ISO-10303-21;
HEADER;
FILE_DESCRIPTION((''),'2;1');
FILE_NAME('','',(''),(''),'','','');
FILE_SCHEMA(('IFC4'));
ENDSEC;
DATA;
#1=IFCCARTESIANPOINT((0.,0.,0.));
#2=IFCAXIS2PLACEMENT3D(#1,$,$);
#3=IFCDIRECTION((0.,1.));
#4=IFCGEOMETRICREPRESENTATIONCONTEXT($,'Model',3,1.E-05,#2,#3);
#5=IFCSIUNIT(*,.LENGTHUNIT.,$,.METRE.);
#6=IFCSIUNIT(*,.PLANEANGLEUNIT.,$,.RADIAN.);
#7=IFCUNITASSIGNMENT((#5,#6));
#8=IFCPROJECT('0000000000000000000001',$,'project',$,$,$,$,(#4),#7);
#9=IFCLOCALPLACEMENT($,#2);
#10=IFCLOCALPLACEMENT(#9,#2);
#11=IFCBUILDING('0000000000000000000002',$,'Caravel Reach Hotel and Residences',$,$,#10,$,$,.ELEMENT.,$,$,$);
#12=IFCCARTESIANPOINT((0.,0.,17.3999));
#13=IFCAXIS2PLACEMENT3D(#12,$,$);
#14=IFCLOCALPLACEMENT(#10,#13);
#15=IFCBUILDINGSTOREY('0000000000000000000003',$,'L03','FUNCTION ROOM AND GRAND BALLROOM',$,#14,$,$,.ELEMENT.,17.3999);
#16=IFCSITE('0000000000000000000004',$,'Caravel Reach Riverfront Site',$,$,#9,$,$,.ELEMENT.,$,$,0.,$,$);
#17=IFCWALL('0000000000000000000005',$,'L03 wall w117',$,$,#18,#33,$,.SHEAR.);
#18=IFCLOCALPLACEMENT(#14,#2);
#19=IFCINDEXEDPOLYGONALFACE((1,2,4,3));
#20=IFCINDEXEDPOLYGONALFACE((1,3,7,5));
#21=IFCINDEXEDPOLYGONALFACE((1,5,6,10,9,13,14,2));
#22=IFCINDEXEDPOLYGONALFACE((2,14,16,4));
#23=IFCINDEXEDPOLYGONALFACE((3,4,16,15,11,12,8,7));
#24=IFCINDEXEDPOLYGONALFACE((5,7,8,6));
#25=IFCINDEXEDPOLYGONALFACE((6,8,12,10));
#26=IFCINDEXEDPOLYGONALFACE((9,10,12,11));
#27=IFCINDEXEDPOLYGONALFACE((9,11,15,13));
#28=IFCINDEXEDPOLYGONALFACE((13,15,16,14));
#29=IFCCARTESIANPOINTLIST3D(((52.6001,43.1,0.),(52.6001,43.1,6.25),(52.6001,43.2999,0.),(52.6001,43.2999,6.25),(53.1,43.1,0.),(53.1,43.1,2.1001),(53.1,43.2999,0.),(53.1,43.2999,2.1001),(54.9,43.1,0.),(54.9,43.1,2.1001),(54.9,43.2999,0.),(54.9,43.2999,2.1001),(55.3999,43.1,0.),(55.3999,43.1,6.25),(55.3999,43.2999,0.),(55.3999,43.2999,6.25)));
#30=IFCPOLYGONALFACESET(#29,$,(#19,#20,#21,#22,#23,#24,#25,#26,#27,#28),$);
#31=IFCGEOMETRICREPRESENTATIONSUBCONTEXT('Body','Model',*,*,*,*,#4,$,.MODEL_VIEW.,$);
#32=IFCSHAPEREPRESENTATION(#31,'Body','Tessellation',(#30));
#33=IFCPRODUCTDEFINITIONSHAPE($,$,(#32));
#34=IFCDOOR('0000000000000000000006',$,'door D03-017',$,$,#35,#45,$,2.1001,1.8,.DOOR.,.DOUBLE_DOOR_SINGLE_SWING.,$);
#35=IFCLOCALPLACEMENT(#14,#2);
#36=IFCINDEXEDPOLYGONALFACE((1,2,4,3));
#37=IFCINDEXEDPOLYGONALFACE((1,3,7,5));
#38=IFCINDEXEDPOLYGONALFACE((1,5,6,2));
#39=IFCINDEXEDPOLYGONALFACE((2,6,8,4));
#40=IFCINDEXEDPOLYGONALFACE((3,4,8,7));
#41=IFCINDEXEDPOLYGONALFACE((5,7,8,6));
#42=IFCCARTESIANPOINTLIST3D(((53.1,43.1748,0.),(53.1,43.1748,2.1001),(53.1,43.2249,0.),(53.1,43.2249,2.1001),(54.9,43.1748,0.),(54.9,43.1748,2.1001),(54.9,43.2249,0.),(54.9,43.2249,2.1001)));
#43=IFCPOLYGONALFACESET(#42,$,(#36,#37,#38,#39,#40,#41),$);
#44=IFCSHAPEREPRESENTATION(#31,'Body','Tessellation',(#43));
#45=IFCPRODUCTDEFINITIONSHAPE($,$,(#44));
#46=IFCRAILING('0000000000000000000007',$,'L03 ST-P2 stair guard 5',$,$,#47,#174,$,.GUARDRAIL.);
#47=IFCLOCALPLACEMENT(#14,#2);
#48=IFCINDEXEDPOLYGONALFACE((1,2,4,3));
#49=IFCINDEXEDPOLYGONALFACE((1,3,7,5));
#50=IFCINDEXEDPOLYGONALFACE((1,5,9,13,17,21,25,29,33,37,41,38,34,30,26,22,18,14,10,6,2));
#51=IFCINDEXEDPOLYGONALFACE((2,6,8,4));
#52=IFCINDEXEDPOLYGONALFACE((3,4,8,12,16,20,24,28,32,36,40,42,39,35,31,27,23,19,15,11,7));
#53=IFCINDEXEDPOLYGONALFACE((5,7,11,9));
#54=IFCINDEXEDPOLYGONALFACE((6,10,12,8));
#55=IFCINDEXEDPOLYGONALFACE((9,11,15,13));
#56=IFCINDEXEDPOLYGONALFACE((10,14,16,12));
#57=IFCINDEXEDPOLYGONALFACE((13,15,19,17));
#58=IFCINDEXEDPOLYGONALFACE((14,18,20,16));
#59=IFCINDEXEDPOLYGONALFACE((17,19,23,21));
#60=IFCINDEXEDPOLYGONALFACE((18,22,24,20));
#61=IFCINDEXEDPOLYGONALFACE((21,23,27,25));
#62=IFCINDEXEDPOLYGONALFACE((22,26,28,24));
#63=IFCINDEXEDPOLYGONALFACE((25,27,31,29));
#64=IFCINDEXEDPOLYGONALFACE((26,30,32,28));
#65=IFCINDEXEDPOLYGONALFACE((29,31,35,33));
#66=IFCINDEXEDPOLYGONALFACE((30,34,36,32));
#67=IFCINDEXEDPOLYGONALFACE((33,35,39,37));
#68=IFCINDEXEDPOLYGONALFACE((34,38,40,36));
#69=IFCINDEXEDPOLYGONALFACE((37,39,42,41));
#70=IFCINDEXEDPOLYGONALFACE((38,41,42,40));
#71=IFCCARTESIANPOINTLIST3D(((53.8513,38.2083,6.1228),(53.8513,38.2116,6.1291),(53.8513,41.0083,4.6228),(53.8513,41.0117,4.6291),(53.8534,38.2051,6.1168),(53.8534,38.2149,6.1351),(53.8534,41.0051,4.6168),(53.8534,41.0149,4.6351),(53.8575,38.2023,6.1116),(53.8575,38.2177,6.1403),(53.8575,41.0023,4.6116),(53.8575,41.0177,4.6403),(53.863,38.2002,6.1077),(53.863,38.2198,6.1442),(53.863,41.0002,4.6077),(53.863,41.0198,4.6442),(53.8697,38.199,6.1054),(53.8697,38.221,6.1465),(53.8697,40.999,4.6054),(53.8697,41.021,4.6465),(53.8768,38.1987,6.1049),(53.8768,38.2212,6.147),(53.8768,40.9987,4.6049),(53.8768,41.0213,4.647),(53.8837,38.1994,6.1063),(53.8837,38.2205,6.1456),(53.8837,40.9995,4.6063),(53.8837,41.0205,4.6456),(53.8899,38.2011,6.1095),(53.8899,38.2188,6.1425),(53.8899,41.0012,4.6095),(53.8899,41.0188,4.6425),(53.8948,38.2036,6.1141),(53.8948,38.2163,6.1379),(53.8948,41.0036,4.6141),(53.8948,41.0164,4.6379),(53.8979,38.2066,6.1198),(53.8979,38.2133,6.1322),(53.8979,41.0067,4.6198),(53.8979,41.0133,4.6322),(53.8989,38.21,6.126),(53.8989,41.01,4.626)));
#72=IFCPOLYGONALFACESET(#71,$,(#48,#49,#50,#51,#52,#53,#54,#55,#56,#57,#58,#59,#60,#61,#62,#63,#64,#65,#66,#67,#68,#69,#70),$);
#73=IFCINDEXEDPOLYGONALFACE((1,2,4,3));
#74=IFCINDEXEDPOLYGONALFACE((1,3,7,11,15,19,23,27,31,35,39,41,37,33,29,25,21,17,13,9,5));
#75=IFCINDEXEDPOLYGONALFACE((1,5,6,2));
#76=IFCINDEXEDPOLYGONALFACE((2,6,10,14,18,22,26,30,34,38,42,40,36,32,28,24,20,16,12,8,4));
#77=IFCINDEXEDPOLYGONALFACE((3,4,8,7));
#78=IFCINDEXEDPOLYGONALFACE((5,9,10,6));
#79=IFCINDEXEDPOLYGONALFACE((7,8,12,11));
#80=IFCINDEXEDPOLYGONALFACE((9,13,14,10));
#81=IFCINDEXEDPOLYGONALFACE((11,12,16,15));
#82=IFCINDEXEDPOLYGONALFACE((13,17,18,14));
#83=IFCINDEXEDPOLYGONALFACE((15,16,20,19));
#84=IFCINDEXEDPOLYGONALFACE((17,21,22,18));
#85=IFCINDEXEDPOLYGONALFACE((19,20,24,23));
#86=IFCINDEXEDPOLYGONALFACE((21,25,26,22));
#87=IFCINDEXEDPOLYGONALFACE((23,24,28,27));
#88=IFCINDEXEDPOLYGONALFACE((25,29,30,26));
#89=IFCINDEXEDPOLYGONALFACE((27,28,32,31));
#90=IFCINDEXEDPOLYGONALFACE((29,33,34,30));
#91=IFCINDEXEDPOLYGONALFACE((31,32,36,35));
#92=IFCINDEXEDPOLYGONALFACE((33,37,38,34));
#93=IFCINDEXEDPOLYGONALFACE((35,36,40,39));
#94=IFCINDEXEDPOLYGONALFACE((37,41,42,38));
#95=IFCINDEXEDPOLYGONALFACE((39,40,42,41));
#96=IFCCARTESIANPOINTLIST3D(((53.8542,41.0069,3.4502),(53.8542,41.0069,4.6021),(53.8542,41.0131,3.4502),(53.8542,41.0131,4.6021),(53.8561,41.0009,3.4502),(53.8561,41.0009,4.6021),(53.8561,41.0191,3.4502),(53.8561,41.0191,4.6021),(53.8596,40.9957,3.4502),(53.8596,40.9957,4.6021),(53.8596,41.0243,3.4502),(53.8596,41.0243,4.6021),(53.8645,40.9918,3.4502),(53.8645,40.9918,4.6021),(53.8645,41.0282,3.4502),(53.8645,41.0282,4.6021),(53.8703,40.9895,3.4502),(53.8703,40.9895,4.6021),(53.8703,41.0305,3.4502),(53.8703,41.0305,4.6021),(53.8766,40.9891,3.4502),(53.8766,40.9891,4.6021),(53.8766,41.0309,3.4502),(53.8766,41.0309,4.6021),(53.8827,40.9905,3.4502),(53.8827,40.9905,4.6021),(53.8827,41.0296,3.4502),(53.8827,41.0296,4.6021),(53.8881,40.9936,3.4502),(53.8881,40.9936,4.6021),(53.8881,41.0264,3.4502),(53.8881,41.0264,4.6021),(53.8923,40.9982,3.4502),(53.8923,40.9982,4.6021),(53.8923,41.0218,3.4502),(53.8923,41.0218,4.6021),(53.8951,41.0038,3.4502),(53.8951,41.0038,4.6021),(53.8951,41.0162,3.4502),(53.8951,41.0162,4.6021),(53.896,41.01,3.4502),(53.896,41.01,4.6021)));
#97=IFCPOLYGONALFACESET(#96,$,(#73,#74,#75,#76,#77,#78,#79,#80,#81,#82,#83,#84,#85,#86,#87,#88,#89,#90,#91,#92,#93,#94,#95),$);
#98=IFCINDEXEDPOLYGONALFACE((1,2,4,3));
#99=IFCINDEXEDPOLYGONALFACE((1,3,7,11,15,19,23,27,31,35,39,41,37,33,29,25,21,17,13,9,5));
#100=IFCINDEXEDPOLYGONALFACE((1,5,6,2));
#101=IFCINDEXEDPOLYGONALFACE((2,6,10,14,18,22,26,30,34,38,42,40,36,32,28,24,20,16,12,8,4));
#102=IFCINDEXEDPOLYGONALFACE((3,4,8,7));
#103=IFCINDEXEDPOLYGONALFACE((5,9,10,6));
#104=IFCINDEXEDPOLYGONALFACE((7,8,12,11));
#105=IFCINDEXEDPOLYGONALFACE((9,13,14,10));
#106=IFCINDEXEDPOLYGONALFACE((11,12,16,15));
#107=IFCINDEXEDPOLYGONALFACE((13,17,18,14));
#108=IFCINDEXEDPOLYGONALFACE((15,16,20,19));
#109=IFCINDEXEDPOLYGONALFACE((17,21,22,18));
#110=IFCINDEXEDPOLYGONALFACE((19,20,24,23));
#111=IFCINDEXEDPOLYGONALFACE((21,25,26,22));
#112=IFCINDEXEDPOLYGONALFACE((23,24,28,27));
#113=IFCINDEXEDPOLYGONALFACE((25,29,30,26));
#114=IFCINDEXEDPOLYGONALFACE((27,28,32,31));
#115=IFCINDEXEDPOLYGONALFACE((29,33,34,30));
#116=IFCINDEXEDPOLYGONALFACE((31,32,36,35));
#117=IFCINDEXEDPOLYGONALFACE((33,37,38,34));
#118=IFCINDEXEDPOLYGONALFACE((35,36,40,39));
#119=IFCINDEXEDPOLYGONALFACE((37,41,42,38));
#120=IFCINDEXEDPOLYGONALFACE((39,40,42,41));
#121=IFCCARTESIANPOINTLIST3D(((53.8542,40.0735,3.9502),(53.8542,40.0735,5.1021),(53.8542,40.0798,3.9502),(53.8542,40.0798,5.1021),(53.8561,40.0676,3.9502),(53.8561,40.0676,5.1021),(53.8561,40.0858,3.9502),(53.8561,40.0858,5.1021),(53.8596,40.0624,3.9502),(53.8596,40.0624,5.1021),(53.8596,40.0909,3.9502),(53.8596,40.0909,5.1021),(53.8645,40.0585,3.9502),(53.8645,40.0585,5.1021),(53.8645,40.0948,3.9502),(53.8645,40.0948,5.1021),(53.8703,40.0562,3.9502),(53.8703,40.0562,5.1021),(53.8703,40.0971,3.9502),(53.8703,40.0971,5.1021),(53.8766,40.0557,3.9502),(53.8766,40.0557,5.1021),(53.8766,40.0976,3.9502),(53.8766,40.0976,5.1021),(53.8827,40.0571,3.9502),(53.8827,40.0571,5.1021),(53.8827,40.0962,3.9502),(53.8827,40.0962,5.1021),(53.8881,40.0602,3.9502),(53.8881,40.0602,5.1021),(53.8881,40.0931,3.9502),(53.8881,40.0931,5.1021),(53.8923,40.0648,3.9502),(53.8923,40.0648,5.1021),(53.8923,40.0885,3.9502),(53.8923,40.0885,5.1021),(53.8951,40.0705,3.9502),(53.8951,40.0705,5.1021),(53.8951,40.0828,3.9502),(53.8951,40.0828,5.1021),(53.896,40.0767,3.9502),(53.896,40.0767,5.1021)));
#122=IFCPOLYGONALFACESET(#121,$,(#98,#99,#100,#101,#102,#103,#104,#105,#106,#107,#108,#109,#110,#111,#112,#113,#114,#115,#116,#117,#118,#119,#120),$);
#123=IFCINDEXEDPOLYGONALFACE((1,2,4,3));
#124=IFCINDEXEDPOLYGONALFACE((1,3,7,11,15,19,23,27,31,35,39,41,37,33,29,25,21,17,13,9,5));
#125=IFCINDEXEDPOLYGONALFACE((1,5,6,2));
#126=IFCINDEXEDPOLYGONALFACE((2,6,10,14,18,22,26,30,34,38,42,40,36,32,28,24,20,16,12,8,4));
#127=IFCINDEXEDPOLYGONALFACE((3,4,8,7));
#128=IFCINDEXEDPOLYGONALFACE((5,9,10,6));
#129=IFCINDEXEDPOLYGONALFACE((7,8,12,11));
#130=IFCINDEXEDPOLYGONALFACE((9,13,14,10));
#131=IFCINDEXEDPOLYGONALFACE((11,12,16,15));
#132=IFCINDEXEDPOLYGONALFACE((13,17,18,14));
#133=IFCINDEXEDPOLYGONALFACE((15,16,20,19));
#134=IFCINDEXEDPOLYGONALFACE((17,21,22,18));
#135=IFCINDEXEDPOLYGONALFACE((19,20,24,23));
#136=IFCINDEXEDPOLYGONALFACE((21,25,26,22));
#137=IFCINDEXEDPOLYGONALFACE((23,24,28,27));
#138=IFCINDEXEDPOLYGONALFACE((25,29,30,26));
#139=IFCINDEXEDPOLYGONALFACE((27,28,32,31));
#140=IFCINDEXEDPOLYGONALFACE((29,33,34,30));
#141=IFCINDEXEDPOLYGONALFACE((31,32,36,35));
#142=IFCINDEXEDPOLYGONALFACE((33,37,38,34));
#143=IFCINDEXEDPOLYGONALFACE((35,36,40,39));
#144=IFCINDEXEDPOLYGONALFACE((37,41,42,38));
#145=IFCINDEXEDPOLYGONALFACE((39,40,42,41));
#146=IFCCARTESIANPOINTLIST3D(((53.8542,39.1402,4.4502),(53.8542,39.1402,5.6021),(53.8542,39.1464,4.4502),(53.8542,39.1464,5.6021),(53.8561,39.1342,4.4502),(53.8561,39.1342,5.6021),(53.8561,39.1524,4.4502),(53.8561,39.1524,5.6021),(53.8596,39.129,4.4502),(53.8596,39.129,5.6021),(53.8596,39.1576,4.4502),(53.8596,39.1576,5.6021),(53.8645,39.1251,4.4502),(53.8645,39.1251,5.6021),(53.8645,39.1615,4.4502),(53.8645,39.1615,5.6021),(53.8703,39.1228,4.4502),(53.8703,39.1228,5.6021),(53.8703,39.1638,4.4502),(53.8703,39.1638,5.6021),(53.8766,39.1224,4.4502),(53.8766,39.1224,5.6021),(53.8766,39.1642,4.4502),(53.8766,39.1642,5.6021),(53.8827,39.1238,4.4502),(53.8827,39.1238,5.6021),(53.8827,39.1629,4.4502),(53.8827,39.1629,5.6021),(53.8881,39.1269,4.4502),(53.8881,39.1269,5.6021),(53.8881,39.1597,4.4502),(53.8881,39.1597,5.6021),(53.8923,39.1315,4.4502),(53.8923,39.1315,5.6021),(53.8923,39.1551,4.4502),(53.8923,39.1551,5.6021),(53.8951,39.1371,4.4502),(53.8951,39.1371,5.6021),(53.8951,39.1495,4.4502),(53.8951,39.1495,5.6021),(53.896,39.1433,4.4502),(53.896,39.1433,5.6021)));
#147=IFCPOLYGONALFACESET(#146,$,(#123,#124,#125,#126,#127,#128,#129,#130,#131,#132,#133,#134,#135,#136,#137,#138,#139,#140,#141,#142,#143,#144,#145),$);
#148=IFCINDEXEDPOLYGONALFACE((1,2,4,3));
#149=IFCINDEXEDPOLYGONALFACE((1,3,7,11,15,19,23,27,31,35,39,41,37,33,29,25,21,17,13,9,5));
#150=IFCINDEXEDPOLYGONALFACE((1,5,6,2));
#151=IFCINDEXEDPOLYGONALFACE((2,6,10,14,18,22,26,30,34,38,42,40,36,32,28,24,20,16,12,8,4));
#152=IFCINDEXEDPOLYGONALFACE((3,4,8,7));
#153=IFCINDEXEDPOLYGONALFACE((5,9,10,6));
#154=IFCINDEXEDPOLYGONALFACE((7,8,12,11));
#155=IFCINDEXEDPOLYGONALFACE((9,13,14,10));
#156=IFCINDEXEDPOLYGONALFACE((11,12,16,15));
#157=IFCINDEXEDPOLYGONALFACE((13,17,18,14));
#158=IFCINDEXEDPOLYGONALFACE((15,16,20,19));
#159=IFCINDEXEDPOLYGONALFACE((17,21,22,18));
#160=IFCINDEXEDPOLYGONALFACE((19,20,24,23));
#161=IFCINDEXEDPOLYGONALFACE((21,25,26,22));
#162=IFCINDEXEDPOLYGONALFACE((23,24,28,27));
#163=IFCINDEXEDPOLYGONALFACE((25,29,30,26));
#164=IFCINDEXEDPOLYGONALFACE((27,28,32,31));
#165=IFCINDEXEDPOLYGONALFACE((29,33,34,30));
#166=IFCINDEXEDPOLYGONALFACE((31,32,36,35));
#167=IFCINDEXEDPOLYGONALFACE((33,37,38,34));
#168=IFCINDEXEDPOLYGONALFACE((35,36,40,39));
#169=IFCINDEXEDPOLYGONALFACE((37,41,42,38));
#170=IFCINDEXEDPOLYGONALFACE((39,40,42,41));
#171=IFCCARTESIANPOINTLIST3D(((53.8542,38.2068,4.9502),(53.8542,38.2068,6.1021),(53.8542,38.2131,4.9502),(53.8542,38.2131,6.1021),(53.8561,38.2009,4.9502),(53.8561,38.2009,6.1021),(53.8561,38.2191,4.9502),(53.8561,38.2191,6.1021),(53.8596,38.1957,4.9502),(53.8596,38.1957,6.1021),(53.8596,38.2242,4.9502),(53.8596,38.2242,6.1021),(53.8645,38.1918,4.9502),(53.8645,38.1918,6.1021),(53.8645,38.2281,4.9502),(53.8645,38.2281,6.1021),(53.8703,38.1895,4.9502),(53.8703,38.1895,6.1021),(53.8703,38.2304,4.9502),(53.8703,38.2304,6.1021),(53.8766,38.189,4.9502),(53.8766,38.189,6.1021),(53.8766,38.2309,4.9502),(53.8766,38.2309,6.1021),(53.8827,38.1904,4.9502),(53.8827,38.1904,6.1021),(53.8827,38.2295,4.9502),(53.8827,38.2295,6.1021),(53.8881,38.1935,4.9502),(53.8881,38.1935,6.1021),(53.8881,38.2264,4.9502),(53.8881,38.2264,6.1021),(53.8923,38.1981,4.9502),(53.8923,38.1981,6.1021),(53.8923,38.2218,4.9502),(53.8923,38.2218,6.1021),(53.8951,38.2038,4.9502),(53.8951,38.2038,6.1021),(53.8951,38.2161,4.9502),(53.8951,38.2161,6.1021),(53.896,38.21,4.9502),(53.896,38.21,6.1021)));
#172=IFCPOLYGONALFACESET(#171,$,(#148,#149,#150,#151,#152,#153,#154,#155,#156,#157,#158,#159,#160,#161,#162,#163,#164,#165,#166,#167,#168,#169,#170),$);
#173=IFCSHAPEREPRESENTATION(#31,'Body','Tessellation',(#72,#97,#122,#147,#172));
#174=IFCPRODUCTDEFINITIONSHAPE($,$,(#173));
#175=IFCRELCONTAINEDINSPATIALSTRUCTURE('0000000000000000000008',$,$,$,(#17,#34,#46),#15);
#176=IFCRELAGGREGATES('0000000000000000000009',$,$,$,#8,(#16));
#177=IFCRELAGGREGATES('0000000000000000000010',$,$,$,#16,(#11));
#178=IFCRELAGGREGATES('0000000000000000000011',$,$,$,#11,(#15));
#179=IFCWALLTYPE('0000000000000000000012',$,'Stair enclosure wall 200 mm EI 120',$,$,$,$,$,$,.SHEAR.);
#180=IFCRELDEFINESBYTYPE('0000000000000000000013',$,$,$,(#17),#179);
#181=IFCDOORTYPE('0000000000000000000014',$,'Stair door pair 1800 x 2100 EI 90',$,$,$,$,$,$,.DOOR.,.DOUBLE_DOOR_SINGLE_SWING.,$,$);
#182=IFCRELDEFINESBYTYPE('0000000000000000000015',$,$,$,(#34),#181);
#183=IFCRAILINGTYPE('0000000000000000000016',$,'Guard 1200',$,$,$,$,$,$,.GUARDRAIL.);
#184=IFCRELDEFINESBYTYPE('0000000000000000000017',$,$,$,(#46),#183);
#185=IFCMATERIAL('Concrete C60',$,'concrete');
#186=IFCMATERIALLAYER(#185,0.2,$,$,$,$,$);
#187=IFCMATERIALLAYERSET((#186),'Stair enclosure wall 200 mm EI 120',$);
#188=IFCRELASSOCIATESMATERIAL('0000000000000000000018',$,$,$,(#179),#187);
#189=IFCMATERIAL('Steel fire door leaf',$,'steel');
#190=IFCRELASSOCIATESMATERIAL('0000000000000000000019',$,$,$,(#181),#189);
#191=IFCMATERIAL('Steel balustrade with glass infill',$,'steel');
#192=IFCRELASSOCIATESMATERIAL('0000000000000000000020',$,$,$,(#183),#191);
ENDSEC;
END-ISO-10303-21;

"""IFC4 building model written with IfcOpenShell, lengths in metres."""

from ifc_helpers import new_model, si_unit, direction, frame, frame_2d, origin, origin_2d, place, context, subcontext, project, spatial, rectangle, circle, extrude, material, layer, layer_set, type_object, element, fill, save


model = new_model("IFC4")

# Units and contexts
model_context = context("Model", 3, precision=1e-05, world=origin(), true_north=direction((0.0, 1.0)))
body_context = subcontext(model_context, "Body", "Model", "MODEL_VIEW")
ifc_project = project(units=[si_unit("LENGTHUNIT", "METRE"), si_unit("PLANEANGLEUNIT", "RADIAN")], contexts=[model_context])

# Site, building, storey
site_placement = place(None, origin())
site = spatial("IfcSite", under=ifc_project, at=site_placement, Name="Caravel Reach Riverfront Site", CompositionType="ELEMENT", RefElevation=0.0)
building_placement = place(site_placement, origin())
building = spatial("IfcBuilding", under=site, at=building_placement, Name="Caravel Reach Hotel and Residences", CompositionType="ELEMENT")
storey_placement = place(building_placement, frame((0.0, 0.0, 17.3999)))
storey = spatial("IfcBuildingStorey", under=building, at=storey_placement, Name="L03", Description="FUNCTION ROOM AND GRAND BALLROOM", CompositionType="ELEMENT", Elevation=17.3999)

# Shared definitions
ifc_material_1 = material(Name="Concrete C60", Category="concrete")
ifc_layer_1 = layer(ifc_material_1, 0.2)
ifc_layer_set_1 = layer_set([ifc_layer_1], Name="Stair enclosure wall 200 mm EI 120")
wall_type_1 = type_object("IfcWallType", Name="Stair enclosure wall 200 mm EI 120", PredefinedType="SHEAR", material=ifc_layer_set_1)

# Wall, opening, door
wall_1_placement = place(storey_placement, frame((52.6001, 43.2, 0.0), z_axis=(0.0, 0.0, 1.0), x_axis=(1.0, 0.0, 0.0)))
wall_1 = element("IfcWall", 1, at=wall_1_placement, inside=storey, type_object=wall_type_1, Name="L03 wall w117", PredefinedType="SHEAR", context=body_context, shape_type="SweptSolid", body=[
    extrude(rectangle(XDim=2.7998, YDim=0.2, at=frame_2d((1.3999, 0.0))), origin(), (0.0, 0.0, 1.0), 6.25),
])
opening_1_placement = place(wall_1_placement, frame((0.5, 0.0, 0.0)))
opening_1 = element("IfcOpeningElement", 2, at=opening_1_placement, cuts=wall_1, PredefinedType="OPENING", context=body_context, shape_type="SweptSolid", body=[
    extrude(rectangle(XDim=1.8, YDim=2.1001, at=frame_2d((0.8999, 1.05))), frame((0.0, 0.1099, 0.0), z_axis=(0.0, -1.0, 0.0), x_axis=(1.0, 0.0, 0.0)), (0.0, 0.0, 1.0), 0.22),
])
ifc_material_2 = material(Name="Steel fire door leaf", Category="steel")
door_type_1 = type_object("IfcDoorType", Name="Stair door pair 1800 x 2100 EI 90", OperationType="DOUBLE_DOOR_SINGLE_SWING", PredefinedType="DOOR", material=ifc_material_2)
door_1_placement = place(opening_1_placement, origin())
door_1 = element("IfcDoor", 3, at=door_1_placement, inside=storey, type_object=door_type_1, Name="door D03-017", OperationType="DOUBLE_DOOR_SINGLE_SWING", OverallHeight=2.1001, OverallWidth=1.8, PredefinedType="DOOR", context=body_context, shape_type="SweptSolid", body=[
    extrude(rectangle(XDim=1.8, YDim=2.1001, at=frame_2d((0.8999, 1.05))), frame((0.0, 0.0249, 0.0), z_axis=(0.0, -1.0, 0.0), x_axis=(1.0, 0.0, 0.0)), (0.0, 0.0, 1.0), 0.05),
])
fill(opening_1, door_1)

# Railing
ifc_material_3 = material(Name="Steel balustrade with glass infill", Category="steel")
railing_type = type_object("IfcRailingType", Name="Guard 1200", PredefinedType="GUARDRAIL", material=ifc_material_3)
railing_placement = place(storey_placement, frame((53.875, 41.01, 3.4502)))
element("IfcRailing", 4, at=railing_placement, inside=storey, type_object=railing_type, Name="L03 ST-P2 stair guard 5", PredefinedType="GUARDRAIL", context=body_context, shape_type="SweptSolid", body=[
    extrude(circle(Radius=0.0239, at=origin_2d()), frame((0.0, 0.0, 1.1758), z_axis=(0.0, -0.881483, 0.472215), x_axis=(1.0, 0.0, 0.0)), (0.0, 0.0, 1.0), 3.1765),
    extrude(circle(Radius=0.021, at=origin_2d()), origin(), (0.0, 0.0, 1.0), 1.1519),
    extrude(circle(Radius=0.021, at=origin_2d()), frame((0.0, -0.9333, 0.5)), (0.0, 0.0, 1.0), 1.1519),
    extrude(circle(Radius=0.021, at=origin_2d()), frame((0.0, -1.8667, 1.0)), (0.0, 0.0, 1.0), 1.1519),
    extrude(circle(Radius=0.021, at=origin_2d()), frame((0.0, -2.8, 1.5)), (0.0, 0.0, 1.0), 1.1519),
])

save(model, "model.ifc")
